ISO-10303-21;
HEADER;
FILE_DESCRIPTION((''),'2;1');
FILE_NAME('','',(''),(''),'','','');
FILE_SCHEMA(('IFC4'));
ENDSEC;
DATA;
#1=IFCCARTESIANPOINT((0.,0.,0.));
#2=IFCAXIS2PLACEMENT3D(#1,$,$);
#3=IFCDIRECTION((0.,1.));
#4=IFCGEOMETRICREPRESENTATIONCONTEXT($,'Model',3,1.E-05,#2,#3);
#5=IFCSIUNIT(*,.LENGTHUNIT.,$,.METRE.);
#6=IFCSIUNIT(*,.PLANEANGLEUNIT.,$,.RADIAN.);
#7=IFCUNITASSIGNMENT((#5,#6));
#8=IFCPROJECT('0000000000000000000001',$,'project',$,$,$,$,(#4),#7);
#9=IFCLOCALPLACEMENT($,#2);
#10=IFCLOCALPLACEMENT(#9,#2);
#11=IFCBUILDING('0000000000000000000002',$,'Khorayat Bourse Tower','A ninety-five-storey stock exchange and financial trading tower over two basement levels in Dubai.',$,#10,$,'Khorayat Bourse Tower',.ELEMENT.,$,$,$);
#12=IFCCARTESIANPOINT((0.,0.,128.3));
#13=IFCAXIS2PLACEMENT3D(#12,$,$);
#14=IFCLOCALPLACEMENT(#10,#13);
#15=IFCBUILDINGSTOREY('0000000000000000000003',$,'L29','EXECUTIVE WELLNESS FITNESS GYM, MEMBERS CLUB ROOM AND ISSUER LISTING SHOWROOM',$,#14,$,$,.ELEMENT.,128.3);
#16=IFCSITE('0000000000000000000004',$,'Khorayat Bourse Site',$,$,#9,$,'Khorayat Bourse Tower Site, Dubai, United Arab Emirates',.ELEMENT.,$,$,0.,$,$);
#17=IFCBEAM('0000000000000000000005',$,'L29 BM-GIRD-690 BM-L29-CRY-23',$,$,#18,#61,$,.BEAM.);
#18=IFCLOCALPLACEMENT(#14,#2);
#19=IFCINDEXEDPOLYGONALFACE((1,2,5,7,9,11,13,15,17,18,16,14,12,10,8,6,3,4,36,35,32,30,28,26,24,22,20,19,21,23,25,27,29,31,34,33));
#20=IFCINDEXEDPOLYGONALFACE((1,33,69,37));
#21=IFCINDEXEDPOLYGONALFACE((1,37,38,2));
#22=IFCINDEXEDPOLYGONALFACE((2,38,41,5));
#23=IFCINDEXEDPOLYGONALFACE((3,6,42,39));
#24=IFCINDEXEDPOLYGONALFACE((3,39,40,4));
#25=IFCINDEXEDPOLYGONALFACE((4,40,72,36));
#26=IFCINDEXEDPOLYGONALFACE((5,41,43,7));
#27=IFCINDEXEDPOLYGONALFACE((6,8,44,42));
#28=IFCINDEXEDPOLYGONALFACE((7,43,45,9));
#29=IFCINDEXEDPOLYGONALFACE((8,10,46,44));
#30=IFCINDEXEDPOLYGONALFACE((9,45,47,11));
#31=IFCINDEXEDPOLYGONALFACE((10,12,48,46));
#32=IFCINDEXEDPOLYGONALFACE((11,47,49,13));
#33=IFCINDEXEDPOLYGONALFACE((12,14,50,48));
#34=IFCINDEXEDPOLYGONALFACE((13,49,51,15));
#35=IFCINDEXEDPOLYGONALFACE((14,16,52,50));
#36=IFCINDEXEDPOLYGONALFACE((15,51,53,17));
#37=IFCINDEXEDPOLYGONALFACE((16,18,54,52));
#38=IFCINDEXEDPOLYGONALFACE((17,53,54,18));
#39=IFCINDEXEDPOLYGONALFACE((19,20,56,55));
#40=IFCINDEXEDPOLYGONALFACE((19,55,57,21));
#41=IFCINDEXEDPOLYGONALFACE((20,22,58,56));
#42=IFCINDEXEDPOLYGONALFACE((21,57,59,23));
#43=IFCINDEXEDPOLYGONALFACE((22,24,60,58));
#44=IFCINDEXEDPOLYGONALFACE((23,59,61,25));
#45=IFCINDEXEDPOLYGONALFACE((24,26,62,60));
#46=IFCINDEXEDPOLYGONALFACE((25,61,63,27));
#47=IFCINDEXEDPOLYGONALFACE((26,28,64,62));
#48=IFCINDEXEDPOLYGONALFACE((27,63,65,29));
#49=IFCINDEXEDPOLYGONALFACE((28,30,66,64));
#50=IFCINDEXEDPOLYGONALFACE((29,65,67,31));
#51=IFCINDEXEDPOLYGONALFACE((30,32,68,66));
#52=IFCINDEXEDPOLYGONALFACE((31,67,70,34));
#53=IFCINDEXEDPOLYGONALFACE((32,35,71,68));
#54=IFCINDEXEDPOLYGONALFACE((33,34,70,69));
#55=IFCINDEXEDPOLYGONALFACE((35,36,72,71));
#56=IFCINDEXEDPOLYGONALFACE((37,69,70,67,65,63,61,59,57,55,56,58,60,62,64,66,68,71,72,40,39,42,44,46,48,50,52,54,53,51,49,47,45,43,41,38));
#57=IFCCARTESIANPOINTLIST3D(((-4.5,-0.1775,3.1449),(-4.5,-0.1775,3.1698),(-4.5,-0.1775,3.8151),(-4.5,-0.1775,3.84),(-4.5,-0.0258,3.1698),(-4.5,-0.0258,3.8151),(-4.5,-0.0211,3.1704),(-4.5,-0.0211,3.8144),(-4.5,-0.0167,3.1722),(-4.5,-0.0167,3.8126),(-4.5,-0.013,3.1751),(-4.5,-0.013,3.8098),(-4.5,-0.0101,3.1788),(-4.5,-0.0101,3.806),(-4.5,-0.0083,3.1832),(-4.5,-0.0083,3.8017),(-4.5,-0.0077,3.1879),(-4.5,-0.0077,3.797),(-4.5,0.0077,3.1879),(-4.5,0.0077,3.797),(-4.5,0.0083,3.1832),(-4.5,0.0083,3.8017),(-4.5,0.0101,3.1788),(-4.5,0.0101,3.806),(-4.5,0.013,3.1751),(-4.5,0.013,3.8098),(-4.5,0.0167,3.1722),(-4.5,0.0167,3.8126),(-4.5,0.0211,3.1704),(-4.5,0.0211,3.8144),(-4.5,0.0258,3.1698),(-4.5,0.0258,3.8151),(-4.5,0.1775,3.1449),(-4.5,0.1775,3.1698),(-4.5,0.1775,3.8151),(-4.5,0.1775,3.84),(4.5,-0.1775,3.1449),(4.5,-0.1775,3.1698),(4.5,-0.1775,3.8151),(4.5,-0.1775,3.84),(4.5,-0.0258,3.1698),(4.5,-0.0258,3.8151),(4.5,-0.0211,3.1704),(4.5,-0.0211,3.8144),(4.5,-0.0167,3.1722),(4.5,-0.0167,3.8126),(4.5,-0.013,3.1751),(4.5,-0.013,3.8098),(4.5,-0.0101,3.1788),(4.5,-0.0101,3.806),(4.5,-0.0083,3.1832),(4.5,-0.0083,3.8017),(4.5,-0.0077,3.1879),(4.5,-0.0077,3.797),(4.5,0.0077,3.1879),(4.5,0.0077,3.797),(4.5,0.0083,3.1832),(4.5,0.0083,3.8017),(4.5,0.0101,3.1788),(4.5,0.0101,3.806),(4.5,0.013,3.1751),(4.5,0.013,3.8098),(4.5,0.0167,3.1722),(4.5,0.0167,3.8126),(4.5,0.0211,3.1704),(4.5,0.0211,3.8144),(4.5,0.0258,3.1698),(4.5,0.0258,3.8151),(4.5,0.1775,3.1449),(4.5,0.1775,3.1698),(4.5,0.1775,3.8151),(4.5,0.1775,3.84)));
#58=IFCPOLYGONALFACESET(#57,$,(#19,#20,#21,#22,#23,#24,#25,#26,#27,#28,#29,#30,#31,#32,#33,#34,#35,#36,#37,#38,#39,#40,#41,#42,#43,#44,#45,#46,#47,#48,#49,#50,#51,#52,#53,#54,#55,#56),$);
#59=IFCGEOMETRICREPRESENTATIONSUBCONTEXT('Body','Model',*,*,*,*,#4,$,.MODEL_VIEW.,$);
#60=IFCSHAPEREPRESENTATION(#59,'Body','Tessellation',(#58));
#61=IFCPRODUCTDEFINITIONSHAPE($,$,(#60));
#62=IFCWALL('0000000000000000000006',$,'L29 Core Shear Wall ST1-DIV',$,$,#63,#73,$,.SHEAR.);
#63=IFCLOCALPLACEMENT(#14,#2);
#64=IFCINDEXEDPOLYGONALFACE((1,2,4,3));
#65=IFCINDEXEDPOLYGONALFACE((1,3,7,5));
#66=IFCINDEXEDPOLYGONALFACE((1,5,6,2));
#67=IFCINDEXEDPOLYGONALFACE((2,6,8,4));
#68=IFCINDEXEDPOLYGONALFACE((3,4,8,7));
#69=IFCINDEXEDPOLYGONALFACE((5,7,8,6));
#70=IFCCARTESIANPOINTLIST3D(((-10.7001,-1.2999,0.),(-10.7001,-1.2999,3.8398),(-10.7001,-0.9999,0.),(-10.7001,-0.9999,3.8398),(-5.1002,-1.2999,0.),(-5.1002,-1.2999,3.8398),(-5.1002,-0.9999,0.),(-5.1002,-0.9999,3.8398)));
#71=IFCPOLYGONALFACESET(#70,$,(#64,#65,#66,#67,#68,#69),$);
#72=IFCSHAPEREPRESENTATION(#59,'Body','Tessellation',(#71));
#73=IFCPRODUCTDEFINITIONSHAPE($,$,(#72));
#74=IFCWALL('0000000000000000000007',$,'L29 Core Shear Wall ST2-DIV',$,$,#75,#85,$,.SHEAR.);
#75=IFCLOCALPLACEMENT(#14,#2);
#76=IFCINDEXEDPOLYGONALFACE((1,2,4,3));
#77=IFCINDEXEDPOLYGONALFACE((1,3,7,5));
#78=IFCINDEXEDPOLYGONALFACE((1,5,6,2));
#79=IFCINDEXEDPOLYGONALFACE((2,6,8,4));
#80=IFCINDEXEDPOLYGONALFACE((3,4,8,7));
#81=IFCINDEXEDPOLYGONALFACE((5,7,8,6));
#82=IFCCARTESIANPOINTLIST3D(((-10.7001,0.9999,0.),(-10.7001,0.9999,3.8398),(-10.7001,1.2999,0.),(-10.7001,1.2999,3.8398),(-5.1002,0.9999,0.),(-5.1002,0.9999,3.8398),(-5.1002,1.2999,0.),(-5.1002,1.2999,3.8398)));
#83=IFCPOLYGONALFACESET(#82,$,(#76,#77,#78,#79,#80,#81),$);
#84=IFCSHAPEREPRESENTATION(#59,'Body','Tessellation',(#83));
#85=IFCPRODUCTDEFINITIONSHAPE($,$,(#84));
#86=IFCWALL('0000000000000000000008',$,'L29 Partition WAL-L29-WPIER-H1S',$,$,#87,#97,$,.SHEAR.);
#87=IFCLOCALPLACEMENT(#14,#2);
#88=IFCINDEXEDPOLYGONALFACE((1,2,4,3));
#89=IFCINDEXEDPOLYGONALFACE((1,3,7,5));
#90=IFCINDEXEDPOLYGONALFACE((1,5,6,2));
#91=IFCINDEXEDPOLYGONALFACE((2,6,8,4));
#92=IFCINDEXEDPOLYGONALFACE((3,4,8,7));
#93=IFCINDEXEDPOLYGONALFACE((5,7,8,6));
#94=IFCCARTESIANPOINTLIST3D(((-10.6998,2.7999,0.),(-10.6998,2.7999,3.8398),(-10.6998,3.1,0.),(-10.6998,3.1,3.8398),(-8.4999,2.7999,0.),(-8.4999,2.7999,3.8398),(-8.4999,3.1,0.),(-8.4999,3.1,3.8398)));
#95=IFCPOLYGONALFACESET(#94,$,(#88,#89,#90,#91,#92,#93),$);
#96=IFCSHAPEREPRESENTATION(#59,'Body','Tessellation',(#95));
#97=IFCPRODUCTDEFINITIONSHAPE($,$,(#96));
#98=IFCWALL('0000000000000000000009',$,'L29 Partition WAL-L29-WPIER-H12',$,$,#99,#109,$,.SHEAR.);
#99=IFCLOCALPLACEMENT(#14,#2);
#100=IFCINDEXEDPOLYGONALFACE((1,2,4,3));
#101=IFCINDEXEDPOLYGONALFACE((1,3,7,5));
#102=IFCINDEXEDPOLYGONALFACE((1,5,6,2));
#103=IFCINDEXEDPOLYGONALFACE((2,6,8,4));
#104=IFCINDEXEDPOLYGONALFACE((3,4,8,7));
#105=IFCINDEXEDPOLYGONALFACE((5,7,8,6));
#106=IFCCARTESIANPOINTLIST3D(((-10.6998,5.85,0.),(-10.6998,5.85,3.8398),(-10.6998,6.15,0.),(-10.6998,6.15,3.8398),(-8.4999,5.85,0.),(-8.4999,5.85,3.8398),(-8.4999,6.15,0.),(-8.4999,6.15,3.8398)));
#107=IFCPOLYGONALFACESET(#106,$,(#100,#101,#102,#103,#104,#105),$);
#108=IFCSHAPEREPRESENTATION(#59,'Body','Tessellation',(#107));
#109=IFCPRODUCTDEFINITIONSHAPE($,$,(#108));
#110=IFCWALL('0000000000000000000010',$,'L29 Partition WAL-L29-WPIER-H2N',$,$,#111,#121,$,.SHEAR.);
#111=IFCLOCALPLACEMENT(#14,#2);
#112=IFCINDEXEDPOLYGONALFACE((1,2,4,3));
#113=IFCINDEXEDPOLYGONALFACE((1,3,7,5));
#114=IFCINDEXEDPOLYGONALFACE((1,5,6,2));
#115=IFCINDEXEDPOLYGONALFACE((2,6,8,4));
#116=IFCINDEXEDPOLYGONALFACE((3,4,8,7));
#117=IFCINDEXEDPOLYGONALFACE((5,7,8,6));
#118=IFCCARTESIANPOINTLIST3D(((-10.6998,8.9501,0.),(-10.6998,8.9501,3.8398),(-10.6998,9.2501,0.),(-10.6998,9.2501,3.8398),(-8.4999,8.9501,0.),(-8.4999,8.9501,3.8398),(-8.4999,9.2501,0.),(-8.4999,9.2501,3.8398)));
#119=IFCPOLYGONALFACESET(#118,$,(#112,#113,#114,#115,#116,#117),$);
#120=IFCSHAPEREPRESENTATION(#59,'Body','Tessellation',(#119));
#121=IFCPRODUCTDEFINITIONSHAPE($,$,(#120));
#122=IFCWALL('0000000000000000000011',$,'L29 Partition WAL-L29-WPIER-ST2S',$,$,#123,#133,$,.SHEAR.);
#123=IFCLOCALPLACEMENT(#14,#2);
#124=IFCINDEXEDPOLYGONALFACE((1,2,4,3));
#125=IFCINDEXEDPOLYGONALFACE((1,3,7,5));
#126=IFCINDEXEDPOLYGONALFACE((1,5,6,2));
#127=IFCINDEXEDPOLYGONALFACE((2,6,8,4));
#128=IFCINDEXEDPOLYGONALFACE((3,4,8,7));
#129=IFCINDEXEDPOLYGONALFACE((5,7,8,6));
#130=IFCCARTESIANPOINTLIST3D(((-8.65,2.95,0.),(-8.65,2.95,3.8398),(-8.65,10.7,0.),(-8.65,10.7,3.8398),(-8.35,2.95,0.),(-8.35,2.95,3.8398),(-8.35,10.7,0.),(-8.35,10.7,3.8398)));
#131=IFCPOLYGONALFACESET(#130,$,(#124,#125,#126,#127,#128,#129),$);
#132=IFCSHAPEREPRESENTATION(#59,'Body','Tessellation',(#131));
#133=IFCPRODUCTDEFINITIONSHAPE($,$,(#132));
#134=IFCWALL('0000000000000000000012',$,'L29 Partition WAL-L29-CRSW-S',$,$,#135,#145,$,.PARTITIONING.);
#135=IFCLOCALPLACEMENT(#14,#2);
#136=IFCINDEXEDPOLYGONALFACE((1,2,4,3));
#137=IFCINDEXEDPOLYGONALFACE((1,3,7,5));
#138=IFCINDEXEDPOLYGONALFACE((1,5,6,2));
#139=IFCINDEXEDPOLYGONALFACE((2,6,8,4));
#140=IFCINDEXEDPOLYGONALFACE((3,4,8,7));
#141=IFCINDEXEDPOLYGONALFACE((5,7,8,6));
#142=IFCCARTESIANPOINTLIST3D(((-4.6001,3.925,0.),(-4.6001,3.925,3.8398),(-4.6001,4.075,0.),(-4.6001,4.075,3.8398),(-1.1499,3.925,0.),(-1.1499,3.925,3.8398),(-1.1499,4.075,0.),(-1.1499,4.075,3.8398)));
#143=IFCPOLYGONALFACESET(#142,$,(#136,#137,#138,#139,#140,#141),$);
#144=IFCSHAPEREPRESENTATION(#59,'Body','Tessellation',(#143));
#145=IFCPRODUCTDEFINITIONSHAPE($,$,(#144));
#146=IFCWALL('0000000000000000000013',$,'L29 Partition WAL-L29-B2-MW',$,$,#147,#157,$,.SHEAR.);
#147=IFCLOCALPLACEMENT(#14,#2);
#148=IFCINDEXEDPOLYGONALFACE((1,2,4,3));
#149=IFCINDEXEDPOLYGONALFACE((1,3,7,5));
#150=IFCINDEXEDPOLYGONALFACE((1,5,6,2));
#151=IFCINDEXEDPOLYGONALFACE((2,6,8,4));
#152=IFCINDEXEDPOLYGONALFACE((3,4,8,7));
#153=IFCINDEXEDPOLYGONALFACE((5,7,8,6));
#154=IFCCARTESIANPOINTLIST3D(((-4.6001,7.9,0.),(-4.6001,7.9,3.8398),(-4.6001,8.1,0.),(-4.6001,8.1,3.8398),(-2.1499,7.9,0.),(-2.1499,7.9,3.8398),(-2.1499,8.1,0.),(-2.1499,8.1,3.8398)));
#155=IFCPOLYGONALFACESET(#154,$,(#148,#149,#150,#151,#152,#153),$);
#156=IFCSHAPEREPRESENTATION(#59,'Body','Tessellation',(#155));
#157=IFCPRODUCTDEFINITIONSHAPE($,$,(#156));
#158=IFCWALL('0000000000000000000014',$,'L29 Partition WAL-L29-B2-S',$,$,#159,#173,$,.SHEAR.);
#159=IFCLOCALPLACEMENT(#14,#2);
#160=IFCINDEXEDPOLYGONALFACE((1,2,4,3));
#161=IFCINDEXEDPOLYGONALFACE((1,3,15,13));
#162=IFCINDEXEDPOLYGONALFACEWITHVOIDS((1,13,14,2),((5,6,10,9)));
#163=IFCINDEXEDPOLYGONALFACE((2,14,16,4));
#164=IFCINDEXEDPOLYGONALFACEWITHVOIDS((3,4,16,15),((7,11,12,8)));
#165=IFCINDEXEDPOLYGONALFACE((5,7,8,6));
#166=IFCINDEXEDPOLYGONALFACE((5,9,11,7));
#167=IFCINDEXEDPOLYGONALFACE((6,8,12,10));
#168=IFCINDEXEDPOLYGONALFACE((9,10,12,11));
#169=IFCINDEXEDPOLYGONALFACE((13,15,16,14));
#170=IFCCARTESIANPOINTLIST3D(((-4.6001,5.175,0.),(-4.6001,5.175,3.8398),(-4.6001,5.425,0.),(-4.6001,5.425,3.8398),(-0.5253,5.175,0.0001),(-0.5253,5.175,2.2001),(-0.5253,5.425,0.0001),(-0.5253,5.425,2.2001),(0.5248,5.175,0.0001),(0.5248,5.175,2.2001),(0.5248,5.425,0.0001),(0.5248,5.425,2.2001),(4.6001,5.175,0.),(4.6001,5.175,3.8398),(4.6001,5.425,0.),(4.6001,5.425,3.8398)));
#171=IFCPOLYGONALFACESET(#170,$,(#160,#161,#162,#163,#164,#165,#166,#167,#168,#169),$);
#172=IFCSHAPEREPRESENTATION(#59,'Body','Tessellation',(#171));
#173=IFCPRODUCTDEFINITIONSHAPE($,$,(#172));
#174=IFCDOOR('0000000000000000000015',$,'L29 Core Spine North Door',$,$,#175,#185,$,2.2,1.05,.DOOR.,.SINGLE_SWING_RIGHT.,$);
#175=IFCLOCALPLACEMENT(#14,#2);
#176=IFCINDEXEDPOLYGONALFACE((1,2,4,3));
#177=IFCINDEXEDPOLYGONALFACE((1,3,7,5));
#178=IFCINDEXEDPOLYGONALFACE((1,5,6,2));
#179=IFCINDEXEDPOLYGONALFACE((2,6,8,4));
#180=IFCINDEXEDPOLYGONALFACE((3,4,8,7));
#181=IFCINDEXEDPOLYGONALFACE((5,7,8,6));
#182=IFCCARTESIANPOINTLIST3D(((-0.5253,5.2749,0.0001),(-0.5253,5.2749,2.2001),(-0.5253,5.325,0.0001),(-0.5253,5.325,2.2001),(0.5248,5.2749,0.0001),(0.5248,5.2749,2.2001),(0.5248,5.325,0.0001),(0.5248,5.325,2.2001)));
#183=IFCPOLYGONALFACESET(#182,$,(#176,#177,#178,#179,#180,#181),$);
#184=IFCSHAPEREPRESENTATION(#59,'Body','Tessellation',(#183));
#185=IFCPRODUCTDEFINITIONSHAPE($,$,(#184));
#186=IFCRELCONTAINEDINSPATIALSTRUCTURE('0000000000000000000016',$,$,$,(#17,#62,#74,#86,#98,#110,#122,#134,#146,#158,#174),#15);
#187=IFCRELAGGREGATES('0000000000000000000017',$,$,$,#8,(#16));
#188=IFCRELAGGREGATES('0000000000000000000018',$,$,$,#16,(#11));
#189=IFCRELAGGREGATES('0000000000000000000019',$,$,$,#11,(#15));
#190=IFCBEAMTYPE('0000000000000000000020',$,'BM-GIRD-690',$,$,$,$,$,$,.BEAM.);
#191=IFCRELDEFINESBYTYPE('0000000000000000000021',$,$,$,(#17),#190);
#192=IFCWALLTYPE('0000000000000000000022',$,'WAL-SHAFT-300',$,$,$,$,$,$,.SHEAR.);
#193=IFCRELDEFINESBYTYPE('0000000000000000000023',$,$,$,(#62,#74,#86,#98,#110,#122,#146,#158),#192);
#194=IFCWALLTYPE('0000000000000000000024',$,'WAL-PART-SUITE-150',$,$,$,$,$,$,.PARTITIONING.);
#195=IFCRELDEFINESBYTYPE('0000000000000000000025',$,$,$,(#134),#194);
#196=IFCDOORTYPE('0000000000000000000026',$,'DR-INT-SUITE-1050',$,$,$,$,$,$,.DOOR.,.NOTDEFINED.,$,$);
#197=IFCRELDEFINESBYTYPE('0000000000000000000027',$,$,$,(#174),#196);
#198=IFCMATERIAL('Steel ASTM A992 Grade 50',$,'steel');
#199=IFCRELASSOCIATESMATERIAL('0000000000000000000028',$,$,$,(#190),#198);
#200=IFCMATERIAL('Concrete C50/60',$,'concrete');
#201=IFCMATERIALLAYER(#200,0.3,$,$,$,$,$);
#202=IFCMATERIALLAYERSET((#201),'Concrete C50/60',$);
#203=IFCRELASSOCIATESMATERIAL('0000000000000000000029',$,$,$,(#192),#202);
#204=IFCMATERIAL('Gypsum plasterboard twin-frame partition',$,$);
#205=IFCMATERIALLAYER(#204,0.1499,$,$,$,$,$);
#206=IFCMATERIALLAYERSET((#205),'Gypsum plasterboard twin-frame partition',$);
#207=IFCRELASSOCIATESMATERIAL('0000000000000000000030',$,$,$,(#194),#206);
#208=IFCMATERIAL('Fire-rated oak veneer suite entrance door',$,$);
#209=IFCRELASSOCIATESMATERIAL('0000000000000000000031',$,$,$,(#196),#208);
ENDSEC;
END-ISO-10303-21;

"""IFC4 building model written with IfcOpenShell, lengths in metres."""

from ifc_helpers import new_model, si_unit, direction, frame, frame_2d, origin, origin_2d, place, context, subcontext, project, spatial, rectangle, i_section, extrude, source, transform, mapped, material, layer, layer_set, material_profile, profile_set, type_object, element, fill, save


model = new_model("IFC4")

# Units and contexts
model_context = context("Model", 3, precision=1e-05, world=origin(), true_north=direction((0.0, 1.0)))
body_context = subcontext(model_context, "Body", "Model", "MODEL_VIEW")
ifc_project = project(units=[si_unit("LENGTHUNIT", "METRE"), si_unit("PLANEANGLEUNIT", "RADIAN")], contexts=[model_context])

# Site, building, storey
site_placement = place(None, origin())
site = spatial("IfcSite", under=ifc_project, at=site_placement, Name="Khorayat Bourse Site", LongName="Khorayat Bourse Tower Site, Dubai, United Arab Emirates", CompositionType="ELEMENT", RefElevation=0.0)
building_placement = place(site_placement, origin())
building = spatial("IfcBuilding", under=site, at=building_placement, Name="Khorayat Bourse Tower", Description="A ninety-five-storey stock exchange and financial trading tower over two basement levels in Dubai.", LongName="Khorayat Bourse Tower", CompositionType="ELEMENT")
storey_placement = place(building_placement, frame((0.0, 0.0, 128.3)))
storey = spatial("IfcBuildingStorey", under=building, at=storey_placement, Name="L29", Description="EXECUTIVE WELLNESS FITNESS GYM, MEMBERS CLUB ROOM AND ISSUER LISTING SHOWROOM", CompositionType="ELEMENT", Elevation=128.3)

# Beam
ifc_material_1 = material(Name="Steel ASTM A992 Grade 50", Category="steel")
ifc_material_profile_1 = material_profile(ifc_material_1, i_section(OverallWidth=0.355, OverallDepth=0.6951, WebThickness=0.0154, FlangeThickness=0.0249, FilletRadius=0.0181, at=origin_2d()), Name="W690X217")
ifc_profile_set_1 = profile_set([ifc_material_profile_1], Name="Steel ASTM A992 Grade 50")
beam_type_1 = type_object("IfcBeamType", Name="BM-GIRD-690", PredefinedType="BEAM", material=ifc_profile_set_1)
shared_shape_1 = source(origin(), body_context, "Body", "SweptSolid", [
    extrude(i_section(OverallWidth=0.355, OverallDepth=0.6951, WebThickness=0.0154, FlangeThickness=0.0249, FilletRadius=0.0181, at=origin_2d()), origin(), (0.0, 0.0, 1.0), 9.0),
])
beam_1_placement = place(storey_placement, frame((-4.5, 0.0, 3.4924), z_axis=(1.0, 0.0, 0.0), x_axis=(0.0, 1.0, 0.0)))
element("IfcBeam", 1, at=beam_1_placement, inside=storey, type_object=beam_type_1, Name="L29 BM-GIRD-690 BM-L29-CRY-23", PredefinedType="BEAM", context=body_context, shape_type="MappedRepresentation", body=[
    mapped(shared_shape_1, transform((0.0, 0.0, 0.0), scale=1.0)),
])

# Walls
ifc_material_2 = material(Name="Concrete C50/60", Category="concrete")
ifc_layer_1 = layer(ifc_material_2, 0.3)
ifc_layer_set_1 = layer_set([ifc_layer_1], Name="Concrete C50/60")
wall_type_1 = type_object("IfcWallType", Name="WAL-SHAFT-300", PredefinedType="SHEAR", material=ifc_layer_set_1)
shared_shape_2 = source(origin(), body_context, "Body", "SweptSolid", [
    extrude(rectangle(XDim=5.5999, YDim=0.3, at=frame_2d((2.7998, 0.0))), origin(), (0.0, 0.0, 1.0), 3.8398),
])
for number, where, z_axis, x_axis, name in (
    (2, (-10.7, -1.1499, 0.0), (0.0, 0.0, 1.0), (1.0, 0.0, 0.0), "L29 Core Shear Wall ST1-DIV"),
    (3, (-10.7, 1.1499, 0.0), (0.0, 0.0, 1.0), (1.0, 0.0, 0.0), "L29 Core Shear Wall ST2-DIV"),
):
    element("IfcWall", number, at=place(storey_placement, frame(where, z_axis=z_axis, x_axis=x_axis)), inside=storey, type_object=wall_type_1, Name=name, PredefinedType="SHEAR", context=body_context, shape_type="MappedRepresentation", body=[
        mapped(shared_shape_2, transform((0.0, 0.0, 0.0), scale=1.0)),
    ])
shared_shape_3 = source(origin(), body_context, "Body", "SweptSolid", [
    extrude(rectangle(XDim=2.2, YDim=0.3, at=frame_2d((1.1001, 0.0))), origin(), (0.0, 0.0, 1.0), 3.8398),
])
for number, where, z_axis, x_axis, name in (
    (4, (-10.7, 2.95, 0.0), (0.0, 0.0, 1.0), (1.0, 0.0, 0.0), "L29 Partition WAL-L29-WPIER-H1S"),
    (5, (-10.7, 6.0, 0.0), (0.0, 0.0, 1.0), (1.0, 0.0, 0.0), "L29 Partition WAL-L29-WPIER-H12"),
    (6, (-10.7, 9.1001, 0.0), (0.0, 0.0, 1.0), (1.0, 0.0, 0.0), "L29 Partition WAL-L29-WPIER-H2N"),
):
    element("IfcWall", number, at=place(storey_placement, frame(where, z_axis=z_axis, x_axis=x_axis)), inside=storey, type_object=wall_type_1, Name=name, PredefinedType="SHEAR", context=body_context, shape_type="MappedRepresentation", body=[
        mapped(shared_shape_3, transform((0.0, 0.0, 0.0), scale=1.0)),
    ])
shared_shape_4 = source(origin(), body_context, "Body", "SweptSolid", [
    extrude(rectangle(XDim=7.75, YDim=0.3, at=frame_2d((3.875, 0.0))), origin(), (0.0, 0.0, 1.0), 3.8398),
])
wall_1_placement = place(storey_placement, frame((-8.5, 2.95, 0.0), z_axis=(0.0, 0.0, 1.0), x_axis=(0.0, 1.0, 0.0)))
element("IfcWall", 7, at=wall_1_placement, inside=storey, type_object=wall_type_1, Name="L29 Partition WAL-L29-WPIER-ST2S", PredefinedType="SHEAR", context=body_context, shape_type="MappedRepresentation", body=[
    mapped(shared_shape_4, transform((0.0, 0.0, 0.0), scale=1.0)),
])
ifc_material_3 = material(Name="Gypsum plasterboard twin-frame partition")
ifc_layer_2 = layer(ifc_material_3, 0.1499)
ifc_layer_set_2 = layer_set([ifc_layer_2], Name="Gypsum plasterboard twin-frame partition")
wall_type_2 = type_object("IfcWallType", Name="WAL-PART-SUITE-150", PredefinedType="PARTITIONING", material=ifc_layer_set_2)
shared_shape_5 = source(origin(), body_context, "Body", "SweptSolid", [
    extrude(rectangle(XDim=3.4502, YDim=0.1499, at=frame_2d((1.7251, 0.0))), origin(), (0.0, 0.0, 1.0), 3.8398),
])
wall_2_placement = place(storey_placement, frame((-4.6001, 4.0, 0.0), z_axis=(0.0, 0.0, 1.0), x_axis=(1.0, 0.0, 0.0)))
element("IfcWall", 8, at=wall_2_placement, inside=storey, type_object=wall_type_2, Name="L29 Partition WAL-L29-CRSW-S", PredefinedType="PARTITIONING", context=body_context, shape_type="MappedRepresentation", body=[
    mapped(shared_shape_5, transform((0.0, 0.0, 0.0), scale=1.0)),
])
shared_shape_6 = source(origin(), body_context, "Body", "SweptSolid", [
    extrude(rectangle(XDim=2.4502, YDim=0.2, at=frame_2d((1.2251, 0.0))), origin(), (0.0, 0.0, 1.0), 3.8398),
])
wall_3_placement = place(storey_placement, frame((-4.6001, 8.0, 0.0), z_axis=(0.0, 0.0, 1.0), x_axis=(1.0, 0.0, 0.0)))
element("IfcWall", 9, at=wall_3_placement, inside=storey, type_object=wall_type_1, Name="L29 Partition WAL-L29-B2-MW", PredefinedType="SHEAR", context=body_context, shape_type="MappedRepresentation", body=[
    mapped(shared_shape_6, transform((0.0, 0.0, 0.0), scale=1.0)),
])

# Wall, opening, door
shared_shape_7 = source(origin(), body_context, "Body", "SweptSolid", [
    extrude(rectangle(XDim=9.2002, YDim=0.25, at=frame_2d((4.6001, 0.0))), origin(), (0.0, 0.0, 1.0), 3.8398),
])
wall_4_placement = place(storey_placement, frame((-4.6001, 5.3, 0.0), z_axis=(0.0, 0.0, 1.0), x_axis=(1.0, 0.0, 0.0)))
wall_4 = element("IfcWall", 10, at=wall_4_placement, inside=storey, type_object=wall_type_1, Name="L29 Partition WAL-L29-B2-S", PredefinedType="SHEAR", context=body_context, shape_type="MappedRepresentation", body=[
    mapped(shared_shape_7, transform((0.0, 0.0, 0.0), scale=1.0)),
])
shared_shape_8 = source(origin(), body_context, "Body", "SweptSolid", [
    extrude(rectangle(XDim=1.05, YDim=2.2, at=frame_2d((0.5249, 1.1001))), frame((0.0, 0.135, 0.0), z_axis=(0.0, -1.0, 0.0), x_axis=(1.0, 0.0, 0.0)), (0.0, 0.0, 1.0), 0.27),
])
opening_placement = place(wall_4_placement, frame((4.075, 0.0, 0.0)))
opening = element("IfcOpeningElement", 11, at=opening_placement, cuts=wall_4, PredefinedType="OPENING", context=body_context, shape_type="MappedRepresentation", body=[
    mapped(shared_shape_8, transform((0.0, 0.0, 0.0), scale=1.0)),
])
ifc_material_4 = material(Name="Fire-rated oak veneer suite entrance door")
door_type = type_object("IfcDoorType", Name="DR-INT-SUITE-1050", OperationType="NOTDEFINED", PredefinedType="DOOR", material=ifc_material_4)
shared_shape_9 = source(origin(), body_context, "Body", "SweptSolid", [
    extrude(rectangle(XDim=1.05, YDim=2.2, at=frame_2d((0.5249, 1.1001))), frame((0.0, 0.0249, 0.0), z_axis=(0.0, -1.0, 0.0), x_axis=(1.0, 0.0, 0.0)), (0.0, 0.0, 1.0), 0.05),
])
door_placement = place(opening_placement, origin())
door = element("IfcDoor", 12, at=door_placement, inside=storey, type_object=door_type, Name="L29 Core Spine North Door", OperationType="SINGLE_SWING_RIGHT", OverallHeight=2.2, OverallWidth=1.05, PredefinedType="DOOR", context=body_context, shape_type="MappedRepresentation", body=[
    mapped(shared_shape_9, transform((0.0, 0.0, 0.0), scale=1.0)),
])
fill(opening, door)

save(model, "model.ifc")
